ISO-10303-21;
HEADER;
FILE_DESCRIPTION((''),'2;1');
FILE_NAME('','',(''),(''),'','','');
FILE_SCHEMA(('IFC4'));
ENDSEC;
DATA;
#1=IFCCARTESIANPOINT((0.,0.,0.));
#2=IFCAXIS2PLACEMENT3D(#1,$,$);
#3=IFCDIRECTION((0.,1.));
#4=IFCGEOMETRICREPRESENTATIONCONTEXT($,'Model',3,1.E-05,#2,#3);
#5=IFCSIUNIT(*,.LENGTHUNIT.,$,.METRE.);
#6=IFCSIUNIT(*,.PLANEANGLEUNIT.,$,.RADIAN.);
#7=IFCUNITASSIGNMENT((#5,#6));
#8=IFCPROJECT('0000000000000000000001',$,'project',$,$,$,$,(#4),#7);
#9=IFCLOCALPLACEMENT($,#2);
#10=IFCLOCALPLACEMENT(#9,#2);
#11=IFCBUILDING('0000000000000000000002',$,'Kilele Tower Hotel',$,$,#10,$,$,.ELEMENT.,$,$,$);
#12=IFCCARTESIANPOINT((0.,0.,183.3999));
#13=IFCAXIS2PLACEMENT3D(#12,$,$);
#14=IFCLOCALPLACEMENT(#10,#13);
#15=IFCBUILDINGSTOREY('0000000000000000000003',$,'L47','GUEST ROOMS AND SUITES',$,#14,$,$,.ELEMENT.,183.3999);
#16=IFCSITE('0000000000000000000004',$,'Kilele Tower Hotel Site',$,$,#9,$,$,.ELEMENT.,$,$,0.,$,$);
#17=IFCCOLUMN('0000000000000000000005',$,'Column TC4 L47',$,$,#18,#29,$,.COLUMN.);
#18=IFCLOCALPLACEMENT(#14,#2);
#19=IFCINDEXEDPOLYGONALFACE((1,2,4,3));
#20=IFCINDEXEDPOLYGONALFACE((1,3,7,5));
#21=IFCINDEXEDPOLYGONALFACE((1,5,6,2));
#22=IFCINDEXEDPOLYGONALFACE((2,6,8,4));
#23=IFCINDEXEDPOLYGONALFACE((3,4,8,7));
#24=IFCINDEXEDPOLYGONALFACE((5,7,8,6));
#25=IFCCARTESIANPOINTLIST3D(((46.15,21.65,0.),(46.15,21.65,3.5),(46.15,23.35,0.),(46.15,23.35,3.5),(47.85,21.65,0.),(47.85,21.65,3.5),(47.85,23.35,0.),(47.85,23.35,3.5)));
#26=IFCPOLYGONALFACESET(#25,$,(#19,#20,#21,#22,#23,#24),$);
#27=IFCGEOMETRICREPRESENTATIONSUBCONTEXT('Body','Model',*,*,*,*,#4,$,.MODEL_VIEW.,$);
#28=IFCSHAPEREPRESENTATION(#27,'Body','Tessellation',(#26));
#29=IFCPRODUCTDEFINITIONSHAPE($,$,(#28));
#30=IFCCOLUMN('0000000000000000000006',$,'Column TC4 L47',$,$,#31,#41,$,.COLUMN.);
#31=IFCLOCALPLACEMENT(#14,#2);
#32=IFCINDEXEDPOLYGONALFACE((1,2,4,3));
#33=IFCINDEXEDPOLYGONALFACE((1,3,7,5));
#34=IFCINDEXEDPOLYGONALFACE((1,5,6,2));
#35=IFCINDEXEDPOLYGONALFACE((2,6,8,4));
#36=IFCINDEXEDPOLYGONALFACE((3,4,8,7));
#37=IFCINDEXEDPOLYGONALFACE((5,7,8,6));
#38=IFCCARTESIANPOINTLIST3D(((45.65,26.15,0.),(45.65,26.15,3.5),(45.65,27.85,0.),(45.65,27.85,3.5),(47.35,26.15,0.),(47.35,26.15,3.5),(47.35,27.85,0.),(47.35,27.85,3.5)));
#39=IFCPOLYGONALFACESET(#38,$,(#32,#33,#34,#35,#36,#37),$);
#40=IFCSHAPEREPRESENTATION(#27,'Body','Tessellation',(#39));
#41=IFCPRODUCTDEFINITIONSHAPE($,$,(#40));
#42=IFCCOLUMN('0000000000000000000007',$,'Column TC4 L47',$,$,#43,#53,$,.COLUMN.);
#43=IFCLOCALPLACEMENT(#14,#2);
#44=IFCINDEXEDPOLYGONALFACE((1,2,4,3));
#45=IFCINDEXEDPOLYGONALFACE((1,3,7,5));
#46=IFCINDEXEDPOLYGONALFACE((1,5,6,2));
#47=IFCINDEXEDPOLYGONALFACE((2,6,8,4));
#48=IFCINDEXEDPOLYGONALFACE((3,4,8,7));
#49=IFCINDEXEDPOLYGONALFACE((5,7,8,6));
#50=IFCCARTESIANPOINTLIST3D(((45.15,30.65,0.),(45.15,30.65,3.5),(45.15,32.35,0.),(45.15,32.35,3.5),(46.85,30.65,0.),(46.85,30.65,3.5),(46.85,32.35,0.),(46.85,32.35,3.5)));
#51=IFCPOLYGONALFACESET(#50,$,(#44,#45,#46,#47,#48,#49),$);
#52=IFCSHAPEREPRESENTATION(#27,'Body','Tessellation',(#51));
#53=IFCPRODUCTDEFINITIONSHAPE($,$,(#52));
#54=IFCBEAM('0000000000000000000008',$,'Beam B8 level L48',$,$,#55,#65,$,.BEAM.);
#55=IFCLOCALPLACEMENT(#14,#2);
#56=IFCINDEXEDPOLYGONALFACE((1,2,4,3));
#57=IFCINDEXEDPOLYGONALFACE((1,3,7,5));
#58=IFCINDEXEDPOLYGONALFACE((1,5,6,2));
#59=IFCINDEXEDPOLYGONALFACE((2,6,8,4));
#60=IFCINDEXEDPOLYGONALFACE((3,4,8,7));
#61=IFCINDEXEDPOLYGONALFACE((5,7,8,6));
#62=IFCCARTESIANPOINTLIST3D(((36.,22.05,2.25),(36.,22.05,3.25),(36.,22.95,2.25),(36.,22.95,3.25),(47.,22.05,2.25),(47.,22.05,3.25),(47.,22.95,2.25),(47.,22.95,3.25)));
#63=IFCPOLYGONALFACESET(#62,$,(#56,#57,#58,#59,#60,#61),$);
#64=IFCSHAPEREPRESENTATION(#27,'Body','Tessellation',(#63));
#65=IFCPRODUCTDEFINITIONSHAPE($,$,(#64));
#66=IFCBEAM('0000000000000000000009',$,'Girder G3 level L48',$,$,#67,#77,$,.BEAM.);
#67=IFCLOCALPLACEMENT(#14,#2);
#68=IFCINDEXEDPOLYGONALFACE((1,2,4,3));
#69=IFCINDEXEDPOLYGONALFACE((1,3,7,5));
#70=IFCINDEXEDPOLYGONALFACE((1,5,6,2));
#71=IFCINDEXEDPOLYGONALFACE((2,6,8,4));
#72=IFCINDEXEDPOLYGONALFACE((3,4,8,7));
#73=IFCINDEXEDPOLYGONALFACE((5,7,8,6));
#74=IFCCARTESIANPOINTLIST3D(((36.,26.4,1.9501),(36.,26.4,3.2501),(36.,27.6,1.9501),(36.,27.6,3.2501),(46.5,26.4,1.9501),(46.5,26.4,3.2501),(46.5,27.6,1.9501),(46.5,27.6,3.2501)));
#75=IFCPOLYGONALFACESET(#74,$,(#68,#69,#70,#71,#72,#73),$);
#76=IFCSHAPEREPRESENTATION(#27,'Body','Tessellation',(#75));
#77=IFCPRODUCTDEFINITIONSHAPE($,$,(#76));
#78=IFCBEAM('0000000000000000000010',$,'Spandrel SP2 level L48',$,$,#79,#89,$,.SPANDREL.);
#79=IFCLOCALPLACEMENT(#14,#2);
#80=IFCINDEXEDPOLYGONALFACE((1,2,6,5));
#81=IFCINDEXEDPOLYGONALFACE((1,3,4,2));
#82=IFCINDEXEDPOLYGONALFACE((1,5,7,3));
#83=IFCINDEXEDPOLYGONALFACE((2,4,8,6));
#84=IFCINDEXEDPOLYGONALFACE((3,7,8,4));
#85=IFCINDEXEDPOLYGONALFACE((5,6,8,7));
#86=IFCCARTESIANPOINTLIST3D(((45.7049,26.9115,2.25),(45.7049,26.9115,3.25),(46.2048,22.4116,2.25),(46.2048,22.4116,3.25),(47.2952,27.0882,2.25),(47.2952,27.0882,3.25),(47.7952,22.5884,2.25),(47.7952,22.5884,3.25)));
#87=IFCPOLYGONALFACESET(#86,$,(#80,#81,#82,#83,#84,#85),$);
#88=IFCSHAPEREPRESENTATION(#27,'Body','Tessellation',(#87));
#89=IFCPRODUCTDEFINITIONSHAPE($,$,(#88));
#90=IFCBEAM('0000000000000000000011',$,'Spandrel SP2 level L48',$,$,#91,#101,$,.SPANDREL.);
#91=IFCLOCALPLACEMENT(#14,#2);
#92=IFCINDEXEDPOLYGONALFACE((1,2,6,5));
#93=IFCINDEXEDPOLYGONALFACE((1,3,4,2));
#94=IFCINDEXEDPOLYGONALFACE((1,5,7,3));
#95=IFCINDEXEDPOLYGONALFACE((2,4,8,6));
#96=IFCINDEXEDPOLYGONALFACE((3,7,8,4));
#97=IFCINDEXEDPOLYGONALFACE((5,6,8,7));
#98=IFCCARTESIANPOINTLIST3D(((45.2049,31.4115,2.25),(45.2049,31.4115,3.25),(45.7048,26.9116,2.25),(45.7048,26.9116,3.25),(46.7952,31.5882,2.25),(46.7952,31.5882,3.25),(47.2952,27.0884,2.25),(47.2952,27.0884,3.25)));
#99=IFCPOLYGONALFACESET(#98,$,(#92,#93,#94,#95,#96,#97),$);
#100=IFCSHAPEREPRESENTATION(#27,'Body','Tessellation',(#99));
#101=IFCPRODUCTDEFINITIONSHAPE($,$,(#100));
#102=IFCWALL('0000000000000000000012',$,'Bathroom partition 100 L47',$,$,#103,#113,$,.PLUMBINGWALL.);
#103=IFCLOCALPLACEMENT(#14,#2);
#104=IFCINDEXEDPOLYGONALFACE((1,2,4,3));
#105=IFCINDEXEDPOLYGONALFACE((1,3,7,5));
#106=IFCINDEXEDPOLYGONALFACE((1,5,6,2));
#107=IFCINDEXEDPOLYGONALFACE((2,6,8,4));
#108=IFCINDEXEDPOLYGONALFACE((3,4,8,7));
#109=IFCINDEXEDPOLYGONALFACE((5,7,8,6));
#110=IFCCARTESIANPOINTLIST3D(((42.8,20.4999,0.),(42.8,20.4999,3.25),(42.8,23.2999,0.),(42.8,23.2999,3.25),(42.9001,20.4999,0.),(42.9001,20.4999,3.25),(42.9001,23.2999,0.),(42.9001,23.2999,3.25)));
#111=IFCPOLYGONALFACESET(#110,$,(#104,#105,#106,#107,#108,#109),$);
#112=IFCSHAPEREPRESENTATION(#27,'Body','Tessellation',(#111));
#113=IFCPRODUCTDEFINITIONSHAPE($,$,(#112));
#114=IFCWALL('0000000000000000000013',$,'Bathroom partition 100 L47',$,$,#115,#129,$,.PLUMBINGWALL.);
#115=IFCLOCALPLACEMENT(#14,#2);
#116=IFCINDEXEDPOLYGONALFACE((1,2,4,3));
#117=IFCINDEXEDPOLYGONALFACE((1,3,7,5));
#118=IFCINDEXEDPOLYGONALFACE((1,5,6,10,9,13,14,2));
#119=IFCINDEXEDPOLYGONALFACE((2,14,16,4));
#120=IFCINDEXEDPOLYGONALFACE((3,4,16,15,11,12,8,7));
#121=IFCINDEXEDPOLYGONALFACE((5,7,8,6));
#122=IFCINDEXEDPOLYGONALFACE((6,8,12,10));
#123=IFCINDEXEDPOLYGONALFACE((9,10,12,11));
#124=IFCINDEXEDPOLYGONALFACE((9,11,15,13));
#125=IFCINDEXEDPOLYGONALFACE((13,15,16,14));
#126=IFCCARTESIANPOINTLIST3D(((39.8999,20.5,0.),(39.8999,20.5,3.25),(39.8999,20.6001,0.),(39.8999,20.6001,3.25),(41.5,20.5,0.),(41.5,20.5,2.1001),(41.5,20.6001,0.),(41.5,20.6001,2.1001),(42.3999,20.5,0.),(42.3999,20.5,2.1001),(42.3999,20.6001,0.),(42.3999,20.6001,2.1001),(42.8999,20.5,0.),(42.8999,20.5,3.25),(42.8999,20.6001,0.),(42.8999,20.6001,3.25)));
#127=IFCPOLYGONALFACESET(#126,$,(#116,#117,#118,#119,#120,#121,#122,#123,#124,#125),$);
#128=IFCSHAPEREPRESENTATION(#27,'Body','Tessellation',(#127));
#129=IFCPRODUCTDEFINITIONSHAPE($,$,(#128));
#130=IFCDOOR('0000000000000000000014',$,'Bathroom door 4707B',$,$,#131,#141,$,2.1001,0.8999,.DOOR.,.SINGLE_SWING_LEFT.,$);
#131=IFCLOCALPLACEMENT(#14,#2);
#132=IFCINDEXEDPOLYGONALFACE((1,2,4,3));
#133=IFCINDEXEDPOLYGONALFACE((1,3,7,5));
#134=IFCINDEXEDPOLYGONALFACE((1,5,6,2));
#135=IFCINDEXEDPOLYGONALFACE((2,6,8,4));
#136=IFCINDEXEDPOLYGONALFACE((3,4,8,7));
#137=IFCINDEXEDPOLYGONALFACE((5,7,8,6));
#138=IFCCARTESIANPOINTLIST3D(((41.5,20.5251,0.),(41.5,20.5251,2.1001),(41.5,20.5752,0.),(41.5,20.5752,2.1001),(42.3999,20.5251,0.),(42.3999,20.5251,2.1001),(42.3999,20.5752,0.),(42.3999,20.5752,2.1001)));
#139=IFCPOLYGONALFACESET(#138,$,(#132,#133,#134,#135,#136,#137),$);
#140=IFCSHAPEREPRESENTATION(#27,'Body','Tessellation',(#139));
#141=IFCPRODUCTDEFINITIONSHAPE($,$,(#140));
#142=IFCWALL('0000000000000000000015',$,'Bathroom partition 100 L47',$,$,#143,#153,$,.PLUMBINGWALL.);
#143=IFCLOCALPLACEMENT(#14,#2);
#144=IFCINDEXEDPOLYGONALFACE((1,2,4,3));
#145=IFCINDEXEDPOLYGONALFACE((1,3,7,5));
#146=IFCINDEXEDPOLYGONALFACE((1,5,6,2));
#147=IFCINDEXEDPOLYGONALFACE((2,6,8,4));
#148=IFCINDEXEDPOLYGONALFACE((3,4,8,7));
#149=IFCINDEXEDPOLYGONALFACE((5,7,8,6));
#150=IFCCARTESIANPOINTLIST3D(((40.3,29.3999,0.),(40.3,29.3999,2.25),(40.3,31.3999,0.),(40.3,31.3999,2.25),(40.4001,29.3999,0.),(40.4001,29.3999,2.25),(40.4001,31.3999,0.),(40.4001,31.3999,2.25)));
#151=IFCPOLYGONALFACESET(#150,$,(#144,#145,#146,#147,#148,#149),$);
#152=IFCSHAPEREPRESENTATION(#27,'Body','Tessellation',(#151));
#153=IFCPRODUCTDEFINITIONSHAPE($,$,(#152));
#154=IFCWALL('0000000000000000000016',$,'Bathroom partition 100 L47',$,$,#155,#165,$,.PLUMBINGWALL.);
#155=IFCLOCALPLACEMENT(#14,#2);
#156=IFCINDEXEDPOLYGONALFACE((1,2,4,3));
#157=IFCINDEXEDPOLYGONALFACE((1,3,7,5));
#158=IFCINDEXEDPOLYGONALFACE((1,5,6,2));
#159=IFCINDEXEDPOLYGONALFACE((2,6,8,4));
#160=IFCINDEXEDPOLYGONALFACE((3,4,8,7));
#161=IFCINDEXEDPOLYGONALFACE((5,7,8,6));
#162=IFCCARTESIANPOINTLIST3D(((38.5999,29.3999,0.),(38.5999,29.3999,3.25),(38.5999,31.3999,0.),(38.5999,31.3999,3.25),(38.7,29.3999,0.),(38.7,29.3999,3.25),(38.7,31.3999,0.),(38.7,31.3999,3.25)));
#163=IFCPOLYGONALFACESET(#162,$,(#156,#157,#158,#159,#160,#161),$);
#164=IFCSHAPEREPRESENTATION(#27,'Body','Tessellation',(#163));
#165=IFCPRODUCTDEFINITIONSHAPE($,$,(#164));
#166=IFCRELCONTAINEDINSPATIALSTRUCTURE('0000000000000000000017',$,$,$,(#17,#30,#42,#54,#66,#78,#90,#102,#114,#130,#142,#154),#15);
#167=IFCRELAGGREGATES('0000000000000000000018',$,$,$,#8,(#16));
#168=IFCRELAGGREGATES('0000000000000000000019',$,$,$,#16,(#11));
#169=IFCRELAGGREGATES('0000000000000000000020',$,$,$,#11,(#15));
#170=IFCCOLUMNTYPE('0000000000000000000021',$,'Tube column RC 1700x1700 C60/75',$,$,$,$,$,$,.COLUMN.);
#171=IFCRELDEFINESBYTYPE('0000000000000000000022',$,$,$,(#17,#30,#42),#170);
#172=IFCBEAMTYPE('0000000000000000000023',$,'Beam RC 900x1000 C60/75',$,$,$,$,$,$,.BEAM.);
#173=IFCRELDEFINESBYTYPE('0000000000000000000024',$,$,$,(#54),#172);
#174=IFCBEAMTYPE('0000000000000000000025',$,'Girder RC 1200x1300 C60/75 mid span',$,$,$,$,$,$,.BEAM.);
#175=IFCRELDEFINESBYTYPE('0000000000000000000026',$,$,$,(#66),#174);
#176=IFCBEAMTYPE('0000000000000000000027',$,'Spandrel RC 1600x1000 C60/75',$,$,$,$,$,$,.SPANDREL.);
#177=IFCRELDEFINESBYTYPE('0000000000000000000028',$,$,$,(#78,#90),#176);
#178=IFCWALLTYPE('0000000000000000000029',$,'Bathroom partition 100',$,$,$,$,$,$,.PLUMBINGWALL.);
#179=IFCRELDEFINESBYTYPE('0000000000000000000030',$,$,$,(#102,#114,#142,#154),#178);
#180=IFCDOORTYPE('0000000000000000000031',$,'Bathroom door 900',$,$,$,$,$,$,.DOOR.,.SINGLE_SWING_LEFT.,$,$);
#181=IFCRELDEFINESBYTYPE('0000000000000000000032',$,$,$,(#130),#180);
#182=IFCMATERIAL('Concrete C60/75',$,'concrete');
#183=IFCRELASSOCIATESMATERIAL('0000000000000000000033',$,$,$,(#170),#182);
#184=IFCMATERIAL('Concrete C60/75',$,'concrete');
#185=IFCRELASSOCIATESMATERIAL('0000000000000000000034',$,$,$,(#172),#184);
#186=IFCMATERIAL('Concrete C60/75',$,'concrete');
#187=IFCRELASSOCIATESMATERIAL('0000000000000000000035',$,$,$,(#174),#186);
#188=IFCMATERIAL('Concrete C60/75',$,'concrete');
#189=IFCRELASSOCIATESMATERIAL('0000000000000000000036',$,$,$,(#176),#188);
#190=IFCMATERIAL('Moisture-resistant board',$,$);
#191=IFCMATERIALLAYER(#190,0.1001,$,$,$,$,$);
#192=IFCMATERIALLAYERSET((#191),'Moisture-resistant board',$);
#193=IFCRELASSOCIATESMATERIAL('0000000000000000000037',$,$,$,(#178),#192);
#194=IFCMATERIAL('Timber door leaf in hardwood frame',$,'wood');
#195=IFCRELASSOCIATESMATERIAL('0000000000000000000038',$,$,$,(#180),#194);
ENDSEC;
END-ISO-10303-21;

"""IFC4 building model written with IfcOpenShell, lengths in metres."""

from ifc_helpers import new_model, si_unit, direction, frame, frame_2d, origin, origin_2d, place, context, subcontext, project, spatial, rectangle, extrude, material, layer, layer_set, material_profile, profile_set, type_object, element, fill, save


model = new_model("IFC4")

# Units and contexts
model_context = context("Model", 3, precision=1e-05, world=origin(), true_north=direction((0.0, 1.0)))
body_context = subcontext(model_context, "Body", "Model", "MODEL_VIEW")
ifc_project = project(units=[si_unit("LENGTHUNIT", "METRE"), si_unit("PLANEANGLEUNIT", "RADIAN")], contexts=[model_context])

# Site, building, storey
site_placement = place(None, origin())
site = spatial("IfcSite", under=ifc_project, at=site_placement, Name="Kilele Tower Hotel Site", CompositionType="ELEMENT", RefElevation=0.0)
building_placement = place(site_placement, origin())
building = spatial("IfcBuilding", under=site, at=building_placement, Name="Kilele Tower Hotel", CompositionType="ELEMENT")
storey_placement = place(building_placement, frame((0.0, 0.0, 183.3999)))
storey = spatial("IfcBuildingStorey", under=building, at=storey_placement, Name="L47", Description="GUEST ROOMS AND SUITES", CompositionType="ELEMENT", Elevation=183.3999)

# Columns
ifc_material_1 = material(Name="Concrete C60/75", Category="concrete")
ifc_material_profile_1 = material_profile(ifc_material_1, rectangle(XDim=1.7, YDim=1.7, at=origin_2d()))
ifc_profile_set_1 = profile_set([ifc_material_profile_1], Name="Concrete C60/75")
column_type = type_object("IfcColumnType", Name="Tube column RC 1700x1700 C60/75", PredefinedType="COLUMN", material=ifc_profile_set_1)
for number, where, z_axis, x_axis, name in (
    (1, (47.0, 22.5, 0.0), (0.0, 0.0, 1.0), (1.0, 0.0, 0.0), "Column TC4 L47"),
    (2, (46.5, 27.0, 0.0), (0.0, 0.0, 1.0), (1.0, 0.0, 0.0), "Column TC4 L47"),
    (3, (46.0, 31.5, 0.0), (0.0, 0.0, 1.0), (1.0, 0.0, 0.0), "Column TC4 L47"),
):
    element("IfcColumn", number, at=place(storey_placement, frame(where, z_axis=z_axis, x_axis=x_axis)), inside=storey, type_object=column_type, Name=name, PredefinedType="COLUMN", context=body_context, shape_type="SweptSolid", body=[
        extrude(rectangle(XDim=1.7, YDim=1.7, at=origin_2d()), origin(), (0.0, 0.0, 1.0), 3.5),
    ])

# Beams
ifc_material_2 = material(Name="Concrete C60/75", Category="concrete")
ifc_material_profile_2 = material_profile(ifc_material_2, rectangle(XDim=0.8999, YDim=1.0, at=origin_2d()))
ifc_profile_set_2 = profile_set([ifc_material_profile_2], Name="Concrete C60/75")
beam_type_1 = type_object("IfcBeamType", Name="Beam RC 900x1000 C60/75", PredefinedType="BEAM", material=ifc_profile_set_2)
beam_1_placement = place(storey_placement, frame((47.0, 22.5, 2.75), z_axis=(-1.0, 0.0, 0.0), x_axis=(0.0, -1.0, 0.0)))
element("IfcBeam", 4, at=beam_1_placement, inside=storey, type_object=beam_type_1, Name="Beam B8 level L48", PredefinedType="BEAM", context=body_context, shape_type="SweptSolid", body=[
    extrude(rectangle(XDim=0.8999, YDim=1.0, at=origin_2d()), origin(), (0.0, 0.0, 1.0), 11.0),
])
ifc_material_3 = material(Name="Concrete C60/75", Category="concrete")
ifc_material_profile_3 = material_profile(ifc_material_3, rectangle(XDim=1.2, YDim=1.3, at=origin_2d()))
ifc_profile_set_3 = profile_set([ifc_material_profile_3], Name="Concrete C60/75")
beam_type_2 = type_object("IfcBeamType", Name="Girder RC 1200x1300 C60/75 mid span", PredefinedType="BEAM", material=ifc_profile_set_3)
beam_2_placement = place(storey_placement, frame((46.5, 27.0, 2.6001), z_axis=(-1.0, 0.0, 0.0), x_axis=(0.0, -1.0, 0.0)))
element("IfcBeam", 5, at=beam_2_placement, inside=storey, type_object=beam_type_2, Name="Girder G3 level L48", PredefinedType="BEAM", context=body_context, shape_type="SweptSolid", body=[
    extrude(rectangle(XDim=1.2, YDim=1.3, at=origin_2d()), origin(), (0.0, 0.0, 1.0), 10.5),
])
ifc_material_4 = material(Name="Concrete C60/75", Category="concrete")
ifc_material_profile_4 = material_profile(ifc_material_4, rectangle(XDim=1.6001, YDim=1.0, at=origin_2d()))
ifc_profile_set_4 = profile_set([ifc_material_profile_4], Name="Concrete C60/75")
beam_type_3 = type_object("IfcBeamType", Name="Spandrel RC 1600x1000 C60/75", PredefinedType="SPANDREL", material=ifc_profile_set_4)
for number, where, z_axis, x_axis, name in (
    (6, (47.0, 22.5, 2.75), (-0.110432, 0.993884, 0.0), (-0.993884, -0.110432, 0.0), "Spandrel SP2 level L48"),
    (7, (46.5, 27.0, 2.75), (-0.110432, 0.993884, 0.0), (-0.993884, -0.110432, 0.0), "Spandrel SP2 level L48"),
):
    element("IfcBeam", number, at=place(storey_placement, frame(where, z_axis=z_axis, x_axis=x_axis)), inside=storey, type_object=beam_type_3, Name=name, PredefinedType="SPANDREL", context=body_context, shape_type="SweptSolid", body=[
        extrude(rectangle(XDim=1.6001, YDim=1.0, at=origin_2d()), origin(), (0.0, 0.0, 1.0), 4.5276),
    ])

# Wall
ifc_material_5 = material(Name="Moisture-resistant board")
ifc_layer_1 = layer(ifc_material_5, 0.1001)
ifc_layer_set_1 = layer_set([ifc_layer_1], Name="Moisture-resistant board")
wall_type_1 = type_object("IfcWallType", Name="Bathroom partition 100", PredefinedType="PLUMBINGWALL", material=ifc_layer_set_1)
wall_1_placement = place(storey_placement, frame((42.8501, 20.5, 0.0), z_axis=(0.0, 0.0, 1.0), x_axis=(0.0, 1.0, 0.0)))
element("IfcWall", 8, at=wall_1_placement, inside=storey, type_object=wall_type_1, Name="Bathroom partition 100 L47", PredefinedType="PLUMBINGWALL", context=body_context, shape_type="SweptSolid", body=[
    extrude(rectangle(XDim=2.8, YDim=0.1001, at=frame_2d((1.3999, 0.0))), origin(), (0.0, 0.0, 1.0), 3.25),
])

# Wall, opening, door
wall_2_placement = place(storey_placement, frame((39.8999, 20.55, 0.0), z_axis=(0.0, 0.0, 1.0), x_axis=(1.0, 0.0, 0.0)))
wall_2 = element("IfcWall", 9, at=wall_2_placement, inside=storey, type_object=wall_type_1, Name="Bathroom partition 100 L47", PredefinedType="PLUMBINGWALL", context=body_context, shape_type="SweptSolid", body=[
    extrude(rectangle(XDim=3.0, YDim=0.1001, at=frame_2d((1.5, 0.0))), origin(), (0.0, 0.0, 1.0), 3.25),
])
opening_1_placement = place(wall_2_placement, frame((2.5, 0.0, 0.0), z_axis=(0.0, 0.0, 1.0), x_axis=(-1.0, 0.0, 0.0)))
opening_1 = element("IfcOpeningElement", 10, at=opening_1_placement, cuts=wall_2, PredefinedType="OPENING", context=body_context, shape_type="SweptSolid", body=[
    extrude(rectangle(XDim=0.8999, YDim=2.1001, at=frame_2d((0.45, 1.05))), frame((0.0, 0.0601, 0.0), z_axis=(0.0, -1.0, 0.0), x_axis=(1.0, 0.0, 0.0)), (0.0, 0.0, 1.0), 0.1201),
])
ifc_material_6 = material(Name="Timber door leaf in hardwood frame", Category="wood")
door_type_1 = type_object("IfcDoorType", Name="Bathroom door 900", OperationType="SINGLE_SWING_LEFT", PredefinedType="DOOR", material=ifc_material_6)
door_1_placement = place(opening_1_placement, origin())
door_1 = element("IfcDoor", 11, at=door_1_placement, inside=storey, type_object=door_type_1, Name="Bathroom door 4707B", OperationType="SINGLE_SWING_LEFT", OverallHeight=2.1001, OverallWidth=0.8999, PredefinedType="DOOR", context=body_context, shape_type="SweptSolid", body=[
    extrude(rectangle(XDim=0.8999, YDim=2.1001, at=frame_2d((0.45, 1.05))), frame((0.0, 0.0249, 0.0), z_axis=(0.0, -1.0, 0.0), x_axis=(1.0, 0.0, 0.0)), (0.0, 0.0, 1.0), 0.05),
])
fill(opening_1, door_1)

# Walls
wall_3_placement = place(storey_placement, frame((40.3501, 31.3999, 0.0), z_axis=(0.0, 0.0, 1.0), x_axis=(0.0, -1.0, 0.0)))
element("IfcWall", 12, at=wall_3_placement, inside=storey, type_object=wall_type_1, Name="Bathroom partition 100 L47", PredefinedType="PLUMBINGWALL", context=body_context, shape_type="SweptSolid", body=[
    extrude(rectangle(XDim=2.0, YDim=0.1001, at=frame_2d((1.0, 0.0))), origin(), (0.0, 0.0, 1.0), 2.25),
])
wall_4_placement = place(storey_placement, frame((38.6499, 31.3999, 0.0), z_axis=(0.0, 0.0, 1.0), x_axis=(0.0, -1.0, 0.0)))
element("IfcWall", 13, at=wall_4_placement, inside=storey, type_object=wall_type_1, Name="Bathroom partition 100 L47", PredefinedType="PLUMBINGWALL", context=body_context, shape_type="SweptSolid", body=[
    extrude(rectangle(XDim=2.0, YDim=0.1001, at=frame_2d((1.0, 0.0))), origin(), (0.0, 0.0, 1.0), 3.25),
])

save(model, "model.ifc")
